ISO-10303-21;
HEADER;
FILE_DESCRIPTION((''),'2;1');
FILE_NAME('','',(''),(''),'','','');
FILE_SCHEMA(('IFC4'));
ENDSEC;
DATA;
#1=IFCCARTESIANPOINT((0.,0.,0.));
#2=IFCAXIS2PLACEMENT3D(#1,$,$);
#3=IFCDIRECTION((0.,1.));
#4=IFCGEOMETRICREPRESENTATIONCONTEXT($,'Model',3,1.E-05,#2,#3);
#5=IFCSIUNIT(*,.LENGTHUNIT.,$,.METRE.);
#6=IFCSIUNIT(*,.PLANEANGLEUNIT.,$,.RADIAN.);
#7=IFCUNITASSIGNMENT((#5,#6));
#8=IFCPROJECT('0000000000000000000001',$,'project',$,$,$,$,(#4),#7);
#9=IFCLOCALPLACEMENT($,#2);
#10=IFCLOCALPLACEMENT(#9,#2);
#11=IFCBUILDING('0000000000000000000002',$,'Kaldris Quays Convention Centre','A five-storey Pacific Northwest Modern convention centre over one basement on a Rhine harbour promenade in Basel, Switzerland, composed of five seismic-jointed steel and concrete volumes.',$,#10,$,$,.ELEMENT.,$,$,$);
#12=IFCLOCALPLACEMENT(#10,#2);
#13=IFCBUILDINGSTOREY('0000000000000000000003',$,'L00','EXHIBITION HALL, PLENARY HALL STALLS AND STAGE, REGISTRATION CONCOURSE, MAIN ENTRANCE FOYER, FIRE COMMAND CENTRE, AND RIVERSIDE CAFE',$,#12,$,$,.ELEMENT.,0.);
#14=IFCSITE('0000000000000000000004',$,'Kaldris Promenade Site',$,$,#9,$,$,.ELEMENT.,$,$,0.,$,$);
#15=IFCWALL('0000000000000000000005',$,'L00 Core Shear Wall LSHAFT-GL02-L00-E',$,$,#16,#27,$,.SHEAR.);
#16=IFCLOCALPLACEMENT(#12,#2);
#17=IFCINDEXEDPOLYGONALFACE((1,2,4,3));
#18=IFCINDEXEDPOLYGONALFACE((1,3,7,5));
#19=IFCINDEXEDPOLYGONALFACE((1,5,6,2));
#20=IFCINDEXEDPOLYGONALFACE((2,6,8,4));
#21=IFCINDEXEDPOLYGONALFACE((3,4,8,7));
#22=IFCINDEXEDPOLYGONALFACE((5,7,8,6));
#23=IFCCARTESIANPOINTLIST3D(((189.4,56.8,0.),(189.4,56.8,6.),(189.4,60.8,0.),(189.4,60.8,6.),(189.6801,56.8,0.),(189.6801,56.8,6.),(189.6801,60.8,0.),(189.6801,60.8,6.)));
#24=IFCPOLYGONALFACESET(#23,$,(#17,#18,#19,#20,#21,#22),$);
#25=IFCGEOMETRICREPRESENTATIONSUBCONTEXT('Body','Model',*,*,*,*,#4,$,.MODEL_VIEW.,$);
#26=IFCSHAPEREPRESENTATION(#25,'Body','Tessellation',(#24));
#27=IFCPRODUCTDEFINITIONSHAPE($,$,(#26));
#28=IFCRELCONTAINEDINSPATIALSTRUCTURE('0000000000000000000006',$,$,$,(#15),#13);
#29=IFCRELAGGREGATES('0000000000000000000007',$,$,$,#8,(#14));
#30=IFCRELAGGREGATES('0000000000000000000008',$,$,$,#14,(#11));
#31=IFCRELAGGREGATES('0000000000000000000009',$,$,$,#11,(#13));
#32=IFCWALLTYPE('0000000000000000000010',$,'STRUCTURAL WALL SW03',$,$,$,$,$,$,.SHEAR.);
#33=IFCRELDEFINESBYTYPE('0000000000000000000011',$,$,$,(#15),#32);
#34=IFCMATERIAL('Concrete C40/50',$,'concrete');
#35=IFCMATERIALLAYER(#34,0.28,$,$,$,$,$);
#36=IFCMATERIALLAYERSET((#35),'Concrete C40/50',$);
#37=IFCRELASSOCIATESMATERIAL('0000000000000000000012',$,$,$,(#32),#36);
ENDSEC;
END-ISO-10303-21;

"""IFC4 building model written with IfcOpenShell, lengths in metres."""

from ifc_helpers import new_model, si_unit, direction, frame, frame_2d, origin, place, context, subcontext, project, spatial, rectangle, extrude, material, layer, layer_set, type_object, element, save


model = new_model("IFC4")

# Units and contexts
model_context = context("Model", 3, precision=1e-05, world=origin(), true_north=direction((0.0, 1.0)))
body_context = subcontext(model_context, "Body", "Model", "MODEL_VIEW")
ifc_project = project(units=[si_unit("LENGTHUNIT", "METRE"), si_unit("PLANEANGLEUNIT", "RADIAN")], contexts=[model_context])

# Site, building, storey
site_placement = place(None, origin())
site = spatial("IfcSite", under=ifc_project, at=site_placement, Name="Kaldris Promenade Site", CompositionType="ELEMENT", RefElevation=0.0)
building_placement = place(site_placement, origin())
building = spatial("IfcBuilding", under=site, at=building_placement, Name="Kaldris Quays Convention Centre", Description="A five-storey Pacific Northwest Modern convention centre over one basement on a Rhine harbour promenade in Basel, Switzerland, composed of five seismic-jointed steel and concrete volumes.", CompositionType="ELEMENT")
storey_placement = place(building_placement, origin())
storey = spatial("IfcBuildingStorey", under=building, at=storey_placement, Name="L00", Description="EXHIBITION HALL, PLENARY HALL STALLS AND STAGE, REGISTRATION CONCOURSE, MAIN ENTRANCE FOYER, FIRE COMMAND CENTRE, AND RIVERSIDE CAFE", CompositionType="ELEMENT", Elevation=0.0)

# Shared definitions
ifc_material_1 = material(Name="Concrete C40/50", Category="concrete")
ifc_layer_1 = layer(ifc_material_1, 0.28)
ifc_layer_set_1 = layer_set([ifc_layer_1], Name="Concrete C40/50")
wall_type_1 = type_object("IfcWallType", Name="STRUCTURAL WALL SW03", PredefinedType="SHEAR", material=ifc_layer_set_1)

# Wall
for number, where, z_axis, x_axis, name in (
    (1, (189.54, 56.8, 0.0), (0.0, 0.0, 1.0), (0.0, 1.0, 0.0), "L00 Core Shear Wall LSHAFT-GL02-L00-E"),
):
    element("IfcWall", number, at=place(storey_placement, frame(where, z_axis=z_axis, x_axis=x_axis)), inside=storey, type_object=wall_type_1, Name=name, PredefinedType="SHEAR", context=body_context, shape_type="SweptSolid", body=[
        extrude(rectangle(XDim=4.0, YDim=0.28, at=frame_2d((2.0, 0.0))), origin(), (0.0, 0.0, 1.0), 6.0),
    ])

save(model, "model.ifc")
